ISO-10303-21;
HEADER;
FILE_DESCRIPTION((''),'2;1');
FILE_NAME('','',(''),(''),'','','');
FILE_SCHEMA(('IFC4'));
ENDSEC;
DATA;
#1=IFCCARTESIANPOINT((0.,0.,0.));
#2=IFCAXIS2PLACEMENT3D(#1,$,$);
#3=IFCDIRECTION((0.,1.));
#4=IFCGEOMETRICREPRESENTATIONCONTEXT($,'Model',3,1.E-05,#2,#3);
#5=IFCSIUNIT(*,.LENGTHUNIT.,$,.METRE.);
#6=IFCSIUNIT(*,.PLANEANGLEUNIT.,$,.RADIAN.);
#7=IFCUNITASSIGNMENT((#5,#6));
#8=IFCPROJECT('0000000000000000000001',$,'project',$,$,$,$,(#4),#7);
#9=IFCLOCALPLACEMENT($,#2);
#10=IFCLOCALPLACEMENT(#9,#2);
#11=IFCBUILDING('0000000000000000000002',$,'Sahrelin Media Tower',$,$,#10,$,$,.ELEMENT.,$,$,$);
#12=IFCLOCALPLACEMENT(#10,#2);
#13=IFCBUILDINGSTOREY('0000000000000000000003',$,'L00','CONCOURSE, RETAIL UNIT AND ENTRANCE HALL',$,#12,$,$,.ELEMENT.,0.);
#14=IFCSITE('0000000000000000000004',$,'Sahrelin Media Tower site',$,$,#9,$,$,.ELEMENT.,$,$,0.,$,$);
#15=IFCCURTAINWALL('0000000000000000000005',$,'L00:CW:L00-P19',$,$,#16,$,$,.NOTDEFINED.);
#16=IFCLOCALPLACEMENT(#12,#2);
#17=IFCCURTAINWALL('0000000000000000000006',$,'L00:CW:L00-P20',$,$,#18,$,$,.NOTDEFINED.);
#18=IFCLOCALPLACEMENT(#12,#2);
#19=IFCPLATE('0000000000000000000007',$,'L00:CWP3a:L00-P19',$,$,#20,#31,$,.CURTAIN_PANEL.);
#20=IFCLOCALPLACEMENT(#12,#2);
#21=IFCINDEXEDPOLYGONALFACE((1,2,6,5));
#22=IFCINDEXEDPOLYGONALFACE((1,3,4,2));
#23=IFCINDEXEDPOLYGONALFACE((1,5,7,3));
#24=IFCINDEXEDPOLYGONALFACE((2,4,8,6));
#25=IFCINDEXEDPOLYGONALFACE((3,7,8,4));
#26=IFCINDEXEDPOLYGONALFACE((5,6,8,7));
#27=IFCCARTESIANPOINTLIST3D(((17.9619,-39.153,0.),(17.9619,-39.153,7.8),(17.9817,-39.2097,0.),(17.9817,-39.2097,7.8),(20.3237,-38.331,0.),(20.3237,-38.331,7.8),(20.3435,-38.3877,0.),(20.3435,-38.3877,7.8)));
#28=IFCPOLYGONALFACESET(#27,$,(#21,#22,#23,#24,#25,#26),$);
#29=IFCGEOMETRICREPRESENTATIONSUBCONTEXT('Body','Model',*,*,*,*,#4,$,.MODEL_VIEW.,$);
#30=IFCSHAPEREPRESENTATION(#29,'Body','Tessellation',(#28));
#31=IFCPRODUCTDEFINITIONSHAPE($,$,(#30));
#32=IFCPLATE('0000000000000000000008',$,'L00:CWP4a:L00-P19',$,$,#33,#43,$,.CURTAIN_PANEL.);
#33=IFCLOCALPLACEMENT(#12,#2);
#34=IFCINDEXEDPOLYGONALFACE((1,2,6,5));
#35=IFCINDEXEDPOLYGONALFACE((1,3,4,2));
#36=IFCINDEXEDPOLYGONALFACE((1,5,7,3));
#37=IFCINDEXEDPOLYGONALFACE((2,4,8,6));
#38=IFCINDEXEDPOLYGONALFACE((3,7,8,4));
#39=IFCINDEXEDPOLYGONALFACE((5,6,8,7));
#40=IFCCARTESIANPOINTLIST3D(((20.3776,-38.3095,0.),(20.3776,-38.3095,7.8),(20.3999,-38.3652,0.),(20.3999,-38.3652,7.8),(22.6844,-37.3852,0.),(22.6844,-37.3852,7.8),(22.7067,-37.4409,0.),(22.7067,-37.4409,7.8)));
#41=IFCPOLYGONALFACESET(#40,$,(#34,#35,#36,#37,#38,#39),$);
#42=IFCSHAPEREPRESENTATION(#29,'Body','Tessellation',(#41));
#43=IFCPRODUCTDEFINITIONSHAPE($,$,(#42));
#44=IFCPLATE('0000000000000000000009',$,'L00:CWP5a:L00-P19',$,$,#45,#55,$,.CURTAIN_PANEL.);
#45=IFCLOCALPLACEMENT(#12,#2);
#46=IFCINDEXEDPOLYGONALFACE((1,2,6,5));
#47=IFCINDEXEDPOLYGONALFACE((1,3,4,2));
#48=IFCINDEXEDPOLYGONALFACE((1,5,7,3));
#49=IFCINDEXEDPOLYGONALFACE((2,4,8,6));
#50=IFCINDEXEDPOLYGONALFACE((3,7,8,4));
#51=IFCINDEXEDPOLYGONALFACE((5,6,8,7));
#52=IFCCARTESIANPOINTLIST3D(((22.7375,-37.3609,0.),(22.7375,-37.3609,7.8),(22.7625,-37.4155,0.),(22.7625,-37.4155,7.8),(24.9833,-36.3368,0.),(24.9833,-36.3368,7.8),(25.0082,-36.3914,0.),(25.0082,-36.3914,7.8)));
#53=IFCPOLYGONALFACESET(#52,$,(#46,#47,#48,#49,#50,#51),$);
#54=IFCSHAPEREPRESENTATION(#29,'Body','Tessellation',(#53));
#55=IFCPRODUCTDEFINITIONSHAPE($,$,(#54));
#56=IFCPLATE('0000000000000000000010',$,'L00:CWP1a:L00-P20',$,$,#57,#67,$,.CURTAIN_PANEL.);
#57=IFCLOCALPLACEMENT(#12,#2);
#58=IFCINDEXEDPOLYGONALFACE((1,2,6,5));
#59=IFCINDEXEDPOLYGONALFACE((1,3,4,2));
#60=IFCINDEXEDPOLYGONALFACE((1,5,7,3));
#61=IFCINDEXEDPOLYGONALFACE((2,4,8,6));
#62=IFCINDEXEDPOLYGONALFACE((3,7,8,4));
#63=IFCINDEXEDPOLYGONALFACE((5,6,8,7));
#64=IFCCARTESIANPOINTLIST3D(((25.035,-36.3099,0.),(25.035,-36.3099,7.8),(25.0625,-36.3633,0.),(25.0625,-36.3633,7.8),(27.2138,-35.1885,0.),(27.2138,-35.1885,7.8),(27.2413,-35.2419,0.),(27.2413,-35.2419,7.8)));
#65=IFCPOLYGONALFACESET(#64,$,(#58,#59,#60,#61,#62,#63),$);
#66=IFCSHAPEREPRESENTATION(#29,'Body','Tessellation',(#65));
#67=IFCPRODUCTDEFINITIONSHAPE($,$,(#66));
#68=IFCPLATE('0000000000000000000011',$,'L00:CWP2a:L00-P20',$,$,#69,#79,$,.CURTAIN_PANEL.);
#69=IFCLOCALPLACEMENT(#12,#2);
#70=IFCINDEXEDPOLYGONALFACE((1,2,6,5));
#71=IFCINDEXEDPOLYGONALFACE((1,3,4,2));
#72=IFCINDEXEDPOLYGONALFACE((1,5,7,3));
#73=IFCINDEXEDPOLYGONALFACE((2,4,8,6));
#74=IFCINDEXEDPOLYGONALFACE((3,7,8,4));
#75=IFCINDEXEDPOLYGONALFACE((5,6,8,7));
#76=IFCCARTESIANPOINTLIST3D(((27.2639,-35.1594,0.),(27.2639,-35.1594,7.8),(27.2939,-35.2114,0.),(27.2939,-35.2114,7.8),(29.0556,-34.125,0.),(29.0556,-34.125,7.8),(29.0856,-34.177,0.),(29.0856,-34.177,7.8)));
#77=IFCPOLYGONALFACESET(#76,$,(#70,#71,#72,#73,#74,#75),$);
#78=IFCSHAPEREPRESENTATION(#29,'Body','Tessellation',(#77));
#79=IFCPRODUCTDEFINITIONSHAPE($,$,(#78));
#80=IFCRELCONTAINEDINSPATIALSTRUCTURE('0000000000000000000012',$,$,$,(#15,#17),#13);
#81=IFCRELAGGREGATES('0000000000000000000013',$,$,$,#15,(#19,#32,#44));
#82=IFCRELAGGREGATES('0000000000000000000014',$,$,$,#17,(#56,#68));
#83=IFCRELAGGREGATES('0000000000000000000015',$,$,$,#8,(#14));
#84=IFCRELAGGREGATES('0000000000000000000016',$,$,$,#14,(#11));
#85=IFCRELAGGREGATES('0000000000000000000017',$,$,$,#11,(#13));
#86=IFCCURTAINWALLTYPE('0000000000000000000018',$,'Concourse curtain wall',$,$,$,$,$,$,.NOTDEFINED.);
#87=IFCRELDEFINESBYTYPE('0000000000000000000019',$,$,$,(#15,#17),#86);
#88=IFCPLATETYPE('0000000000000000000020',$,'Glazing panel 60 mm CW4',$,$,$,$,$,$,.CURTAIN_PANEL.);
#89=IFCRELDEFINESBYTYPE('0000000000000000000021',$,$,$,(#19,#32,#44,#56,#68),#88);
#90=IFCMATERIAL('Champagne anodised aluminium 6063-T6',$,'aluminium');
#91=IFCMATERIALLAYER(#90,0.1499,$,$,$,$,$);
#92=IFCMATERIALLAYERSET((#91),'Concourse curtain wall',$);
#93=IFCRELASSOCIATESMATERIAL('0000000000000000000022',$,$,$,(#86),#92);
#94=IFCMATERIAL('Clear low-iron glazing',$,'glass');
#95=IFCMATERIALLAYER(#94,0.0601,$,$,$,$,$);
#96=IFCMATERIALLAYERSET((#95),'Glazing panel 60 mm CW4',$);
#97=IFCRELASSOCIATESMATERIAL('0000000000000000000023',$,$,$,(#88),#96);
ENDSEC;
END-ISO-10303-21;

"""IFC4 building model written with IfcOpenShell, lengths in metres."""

from ifc_helpers import new_model, si_unit, direction, frame, origin, place, context, subcontext, project, spatial, polyline, outline, extrude, material, layer, layer_set, type_object, element, aggregate, save


model = new_model("IFC4")

# Units and contexts
model_context = context("Model", 3, precision=1e-05, world=origin(), true_north=direction((0.0, 1.0)))
body_context = subcontext(model_context, "Body", "Model", "MODEL_VIEW")
ifc_project = project(units=[si_unit("LENGTHUNIT", "METRE"), si_unit("PLANEANGLEUNIT", "RADIAN")], contexts=[model_context])

# Site, building, storey
site_placement = place(None, origin())
site = spatial("IfcSite", under=ifc_project, at=site_placement, Name="Sahrelin Media Tower site", CompositionType="ELEMENT", RefElevation=0.0)
building_placement = place(site_placement, origin())
building = spatial("IfcBuilding", under=site, at=building_placement, Name="Sahrelin Media Tower", CompositionType="ELEMENT")
storey_placement = place(building_placement, origin())
storey = spatial("IfcBuildingStorey", under=building, at=storey_placement, Name="L00", Description="CONCOURSE, RETAIL UNIT AND ENTRANCE HALL", CompositionType="ELEMENT", Elevation=0.0)

# Curtain walls
ifc_material_1 = material(Name="Champagne anodised aluminium 6063-T6", Category="aluminium")
ifc_layer_1 = layer(ifc_material_1, 0.1499)
ifc_layer_set_1 = layer_set([ifc_layer_1], Name="Concourse curtain wall")
curtain_wall_type = type_object("IfcCurtainWallType", Name="Concourse curtain wall", PredefinedType="NOTDEFINED", material=ifc_layer_set_1)
curtain_wall_1_placement = place(storey_placement, frame((12.9409, -40.5688, 0.0), z_axis=(0.0, 0.0, 1.0), x_axis=(1.0, 0.0, 0.0)))
curtain_wall_1 = element("IfcCurtainWall", 1, at=curtain_wall_1_placement, inside=storey, type_object=curtain_wall_type, Name="L00:CW:L00-P19", PredefinedType="NOTDEFINED")
curtain_wall_2_placement = place(storey_placement, frame((25.0, -36.373, 0.0), z_axis=(0.0, 0.0, 1.0), x_axis=(1.0, 0.0, 0.0)))
curtain_wall_2 = element("IfcCurtainWall", 2, at=curtain_wall_2_placement, inside=storey, type_object=curtain_wall_type, Name="L00:CW:L00-P20", PredefinedType="NOTDEFINED")

# Plates
ifc_material_2 = material(Name="Clear low-iron glazing", Category="glass")
ifc_layer_2 = layer(ifc_material_2, 0.0601)
ifc_layer_set_2 = layer_set([ifc_layer_2], Name="Glazing panel 60 mm CW4")
plate_type = type_object("IfcPlateType", Name="Glazing panel 60 mm CW4", PredefinedType="CURTAIN_PANEL", material=ifc_layer_set_2)
plate_1_placement = place(storey_placement, frame((17.9817, -39.2097, 0.0), z_axis=(0.328706, -0.944432, 0.0), x_axis=(0.944432, 0.328706, 0.0)))
plate_1 = element("IfcPlate", 3, at=plate_1_placement, type_object=plate_type, Name="L00:CWP3a:L00-P19", PredefinedType="CURTAIN_PANEL", context=body_context, shape_type="SweptSolid", body=[
    extrude(outline(polyline([(0.0, 0.0), (2.5007, 0.0), (2.5007, 7.8), (0.0, 7.8), (0.0, 0.0)])), origin(), (0.0, 0.0, -1.0), 0.0601),
])
plate_2_placement = place(storey_placement, frame((20.3999, -38.3652, 0.0), z_axis=(0.371933, -0.92826, 0.0), x_axis=(0.92826, 0.371933, 0.0)))
plate_2 = element("IfcPlate", 4, at=plate_2_placement, type_object=plate_type, Name="L00:CWP4a:L00-P19", PredefinedType="CURTAIN_PANEL", context=body_context, shape_type="SweptSolid", body=[
    extrude(outline(polyline([(0.0, 0.0), (2.4851, 0.0), (2.4851, 7.8), (0.0, 7.8), (0.0, 0.0)])), origin(), (0.0, 0.0, -1.0), 0.0601),
])
plate_3_placement = place(storey_placement, frame((22.7625, -37.4155, 0.0), z_axis=(0.41492, -0.909858, 0.0), x_axis=(0.909858, 0.41492, 0.0)))
plate_3 = element("IfcPlate", 5, at=plate_3_placement, type_object=plate_type, Name="L00:CWP5a:L00-P19", PredefinedType="CURTAIN_PANEL", context=body_context, shape_type="SweptSolid", body=[
    extrude(outline(polyline([(0.0, 0.0), (2.4683, 0.0), (2.4683, 7.8), (0.0, 7.8), (0.0, 0.0)])), origin(), (0.0, 0.0, -1.0), 0.0601),
])
aggregate(curtain_wall_1, [plate_1, plate_2, plate_3])
plate_4_placement = place(storey_placement, frame((25.0625, -36.3633, 0.0), z_axis=(0.457625, -0.889145, 0.0), x_axis=(0.889145, 0.457625, 0.0)))
plate_4 = element("IfcPlate", 6, at=plate_4_placement, type_object=plate_type, Name="L00:CWP1a:L00-P20", PredefinedType="CURTAIN_PANEL", context=body_context, shape_type="SweptSolid", body=[
    extrude(outline(polyline([(0.0, 0.0), (2.4504, 0.0), (2.4504, 7.8), (0.0, 7.8), (0.0, 0.0)])), origin(), (0.0, 0.0, -1.0), 0.0601),
])
plate_5_placement = place(storey_placement, frame((27.2939, -35.2114, 0.0), z_axis=(0.499985, -0.866034, 0.0), x_axis=(0.866034, 0.499985, 0.0)))
plate_5 = element("IfcPlate", 7, at=plate_5_placement, type_object=plate_type, Name="L00:CWP2a:L00-P20", PredefinedType="CURTAIN_PANEL", context=body_context, shape_type="SweptSolid", body=[
    extrude(outline(polyline([(0.0, 0.0), (2.0688, 0.0), (2.0688, 7.8), (0.0, 7.8), (0.0, 0.0)])), origin(), (0.0, 0.0, -1.0), 0.0601),
])
aggregate(curtain_wall_2, [plate_4, plate_5])

save(model, "model.ifc")
